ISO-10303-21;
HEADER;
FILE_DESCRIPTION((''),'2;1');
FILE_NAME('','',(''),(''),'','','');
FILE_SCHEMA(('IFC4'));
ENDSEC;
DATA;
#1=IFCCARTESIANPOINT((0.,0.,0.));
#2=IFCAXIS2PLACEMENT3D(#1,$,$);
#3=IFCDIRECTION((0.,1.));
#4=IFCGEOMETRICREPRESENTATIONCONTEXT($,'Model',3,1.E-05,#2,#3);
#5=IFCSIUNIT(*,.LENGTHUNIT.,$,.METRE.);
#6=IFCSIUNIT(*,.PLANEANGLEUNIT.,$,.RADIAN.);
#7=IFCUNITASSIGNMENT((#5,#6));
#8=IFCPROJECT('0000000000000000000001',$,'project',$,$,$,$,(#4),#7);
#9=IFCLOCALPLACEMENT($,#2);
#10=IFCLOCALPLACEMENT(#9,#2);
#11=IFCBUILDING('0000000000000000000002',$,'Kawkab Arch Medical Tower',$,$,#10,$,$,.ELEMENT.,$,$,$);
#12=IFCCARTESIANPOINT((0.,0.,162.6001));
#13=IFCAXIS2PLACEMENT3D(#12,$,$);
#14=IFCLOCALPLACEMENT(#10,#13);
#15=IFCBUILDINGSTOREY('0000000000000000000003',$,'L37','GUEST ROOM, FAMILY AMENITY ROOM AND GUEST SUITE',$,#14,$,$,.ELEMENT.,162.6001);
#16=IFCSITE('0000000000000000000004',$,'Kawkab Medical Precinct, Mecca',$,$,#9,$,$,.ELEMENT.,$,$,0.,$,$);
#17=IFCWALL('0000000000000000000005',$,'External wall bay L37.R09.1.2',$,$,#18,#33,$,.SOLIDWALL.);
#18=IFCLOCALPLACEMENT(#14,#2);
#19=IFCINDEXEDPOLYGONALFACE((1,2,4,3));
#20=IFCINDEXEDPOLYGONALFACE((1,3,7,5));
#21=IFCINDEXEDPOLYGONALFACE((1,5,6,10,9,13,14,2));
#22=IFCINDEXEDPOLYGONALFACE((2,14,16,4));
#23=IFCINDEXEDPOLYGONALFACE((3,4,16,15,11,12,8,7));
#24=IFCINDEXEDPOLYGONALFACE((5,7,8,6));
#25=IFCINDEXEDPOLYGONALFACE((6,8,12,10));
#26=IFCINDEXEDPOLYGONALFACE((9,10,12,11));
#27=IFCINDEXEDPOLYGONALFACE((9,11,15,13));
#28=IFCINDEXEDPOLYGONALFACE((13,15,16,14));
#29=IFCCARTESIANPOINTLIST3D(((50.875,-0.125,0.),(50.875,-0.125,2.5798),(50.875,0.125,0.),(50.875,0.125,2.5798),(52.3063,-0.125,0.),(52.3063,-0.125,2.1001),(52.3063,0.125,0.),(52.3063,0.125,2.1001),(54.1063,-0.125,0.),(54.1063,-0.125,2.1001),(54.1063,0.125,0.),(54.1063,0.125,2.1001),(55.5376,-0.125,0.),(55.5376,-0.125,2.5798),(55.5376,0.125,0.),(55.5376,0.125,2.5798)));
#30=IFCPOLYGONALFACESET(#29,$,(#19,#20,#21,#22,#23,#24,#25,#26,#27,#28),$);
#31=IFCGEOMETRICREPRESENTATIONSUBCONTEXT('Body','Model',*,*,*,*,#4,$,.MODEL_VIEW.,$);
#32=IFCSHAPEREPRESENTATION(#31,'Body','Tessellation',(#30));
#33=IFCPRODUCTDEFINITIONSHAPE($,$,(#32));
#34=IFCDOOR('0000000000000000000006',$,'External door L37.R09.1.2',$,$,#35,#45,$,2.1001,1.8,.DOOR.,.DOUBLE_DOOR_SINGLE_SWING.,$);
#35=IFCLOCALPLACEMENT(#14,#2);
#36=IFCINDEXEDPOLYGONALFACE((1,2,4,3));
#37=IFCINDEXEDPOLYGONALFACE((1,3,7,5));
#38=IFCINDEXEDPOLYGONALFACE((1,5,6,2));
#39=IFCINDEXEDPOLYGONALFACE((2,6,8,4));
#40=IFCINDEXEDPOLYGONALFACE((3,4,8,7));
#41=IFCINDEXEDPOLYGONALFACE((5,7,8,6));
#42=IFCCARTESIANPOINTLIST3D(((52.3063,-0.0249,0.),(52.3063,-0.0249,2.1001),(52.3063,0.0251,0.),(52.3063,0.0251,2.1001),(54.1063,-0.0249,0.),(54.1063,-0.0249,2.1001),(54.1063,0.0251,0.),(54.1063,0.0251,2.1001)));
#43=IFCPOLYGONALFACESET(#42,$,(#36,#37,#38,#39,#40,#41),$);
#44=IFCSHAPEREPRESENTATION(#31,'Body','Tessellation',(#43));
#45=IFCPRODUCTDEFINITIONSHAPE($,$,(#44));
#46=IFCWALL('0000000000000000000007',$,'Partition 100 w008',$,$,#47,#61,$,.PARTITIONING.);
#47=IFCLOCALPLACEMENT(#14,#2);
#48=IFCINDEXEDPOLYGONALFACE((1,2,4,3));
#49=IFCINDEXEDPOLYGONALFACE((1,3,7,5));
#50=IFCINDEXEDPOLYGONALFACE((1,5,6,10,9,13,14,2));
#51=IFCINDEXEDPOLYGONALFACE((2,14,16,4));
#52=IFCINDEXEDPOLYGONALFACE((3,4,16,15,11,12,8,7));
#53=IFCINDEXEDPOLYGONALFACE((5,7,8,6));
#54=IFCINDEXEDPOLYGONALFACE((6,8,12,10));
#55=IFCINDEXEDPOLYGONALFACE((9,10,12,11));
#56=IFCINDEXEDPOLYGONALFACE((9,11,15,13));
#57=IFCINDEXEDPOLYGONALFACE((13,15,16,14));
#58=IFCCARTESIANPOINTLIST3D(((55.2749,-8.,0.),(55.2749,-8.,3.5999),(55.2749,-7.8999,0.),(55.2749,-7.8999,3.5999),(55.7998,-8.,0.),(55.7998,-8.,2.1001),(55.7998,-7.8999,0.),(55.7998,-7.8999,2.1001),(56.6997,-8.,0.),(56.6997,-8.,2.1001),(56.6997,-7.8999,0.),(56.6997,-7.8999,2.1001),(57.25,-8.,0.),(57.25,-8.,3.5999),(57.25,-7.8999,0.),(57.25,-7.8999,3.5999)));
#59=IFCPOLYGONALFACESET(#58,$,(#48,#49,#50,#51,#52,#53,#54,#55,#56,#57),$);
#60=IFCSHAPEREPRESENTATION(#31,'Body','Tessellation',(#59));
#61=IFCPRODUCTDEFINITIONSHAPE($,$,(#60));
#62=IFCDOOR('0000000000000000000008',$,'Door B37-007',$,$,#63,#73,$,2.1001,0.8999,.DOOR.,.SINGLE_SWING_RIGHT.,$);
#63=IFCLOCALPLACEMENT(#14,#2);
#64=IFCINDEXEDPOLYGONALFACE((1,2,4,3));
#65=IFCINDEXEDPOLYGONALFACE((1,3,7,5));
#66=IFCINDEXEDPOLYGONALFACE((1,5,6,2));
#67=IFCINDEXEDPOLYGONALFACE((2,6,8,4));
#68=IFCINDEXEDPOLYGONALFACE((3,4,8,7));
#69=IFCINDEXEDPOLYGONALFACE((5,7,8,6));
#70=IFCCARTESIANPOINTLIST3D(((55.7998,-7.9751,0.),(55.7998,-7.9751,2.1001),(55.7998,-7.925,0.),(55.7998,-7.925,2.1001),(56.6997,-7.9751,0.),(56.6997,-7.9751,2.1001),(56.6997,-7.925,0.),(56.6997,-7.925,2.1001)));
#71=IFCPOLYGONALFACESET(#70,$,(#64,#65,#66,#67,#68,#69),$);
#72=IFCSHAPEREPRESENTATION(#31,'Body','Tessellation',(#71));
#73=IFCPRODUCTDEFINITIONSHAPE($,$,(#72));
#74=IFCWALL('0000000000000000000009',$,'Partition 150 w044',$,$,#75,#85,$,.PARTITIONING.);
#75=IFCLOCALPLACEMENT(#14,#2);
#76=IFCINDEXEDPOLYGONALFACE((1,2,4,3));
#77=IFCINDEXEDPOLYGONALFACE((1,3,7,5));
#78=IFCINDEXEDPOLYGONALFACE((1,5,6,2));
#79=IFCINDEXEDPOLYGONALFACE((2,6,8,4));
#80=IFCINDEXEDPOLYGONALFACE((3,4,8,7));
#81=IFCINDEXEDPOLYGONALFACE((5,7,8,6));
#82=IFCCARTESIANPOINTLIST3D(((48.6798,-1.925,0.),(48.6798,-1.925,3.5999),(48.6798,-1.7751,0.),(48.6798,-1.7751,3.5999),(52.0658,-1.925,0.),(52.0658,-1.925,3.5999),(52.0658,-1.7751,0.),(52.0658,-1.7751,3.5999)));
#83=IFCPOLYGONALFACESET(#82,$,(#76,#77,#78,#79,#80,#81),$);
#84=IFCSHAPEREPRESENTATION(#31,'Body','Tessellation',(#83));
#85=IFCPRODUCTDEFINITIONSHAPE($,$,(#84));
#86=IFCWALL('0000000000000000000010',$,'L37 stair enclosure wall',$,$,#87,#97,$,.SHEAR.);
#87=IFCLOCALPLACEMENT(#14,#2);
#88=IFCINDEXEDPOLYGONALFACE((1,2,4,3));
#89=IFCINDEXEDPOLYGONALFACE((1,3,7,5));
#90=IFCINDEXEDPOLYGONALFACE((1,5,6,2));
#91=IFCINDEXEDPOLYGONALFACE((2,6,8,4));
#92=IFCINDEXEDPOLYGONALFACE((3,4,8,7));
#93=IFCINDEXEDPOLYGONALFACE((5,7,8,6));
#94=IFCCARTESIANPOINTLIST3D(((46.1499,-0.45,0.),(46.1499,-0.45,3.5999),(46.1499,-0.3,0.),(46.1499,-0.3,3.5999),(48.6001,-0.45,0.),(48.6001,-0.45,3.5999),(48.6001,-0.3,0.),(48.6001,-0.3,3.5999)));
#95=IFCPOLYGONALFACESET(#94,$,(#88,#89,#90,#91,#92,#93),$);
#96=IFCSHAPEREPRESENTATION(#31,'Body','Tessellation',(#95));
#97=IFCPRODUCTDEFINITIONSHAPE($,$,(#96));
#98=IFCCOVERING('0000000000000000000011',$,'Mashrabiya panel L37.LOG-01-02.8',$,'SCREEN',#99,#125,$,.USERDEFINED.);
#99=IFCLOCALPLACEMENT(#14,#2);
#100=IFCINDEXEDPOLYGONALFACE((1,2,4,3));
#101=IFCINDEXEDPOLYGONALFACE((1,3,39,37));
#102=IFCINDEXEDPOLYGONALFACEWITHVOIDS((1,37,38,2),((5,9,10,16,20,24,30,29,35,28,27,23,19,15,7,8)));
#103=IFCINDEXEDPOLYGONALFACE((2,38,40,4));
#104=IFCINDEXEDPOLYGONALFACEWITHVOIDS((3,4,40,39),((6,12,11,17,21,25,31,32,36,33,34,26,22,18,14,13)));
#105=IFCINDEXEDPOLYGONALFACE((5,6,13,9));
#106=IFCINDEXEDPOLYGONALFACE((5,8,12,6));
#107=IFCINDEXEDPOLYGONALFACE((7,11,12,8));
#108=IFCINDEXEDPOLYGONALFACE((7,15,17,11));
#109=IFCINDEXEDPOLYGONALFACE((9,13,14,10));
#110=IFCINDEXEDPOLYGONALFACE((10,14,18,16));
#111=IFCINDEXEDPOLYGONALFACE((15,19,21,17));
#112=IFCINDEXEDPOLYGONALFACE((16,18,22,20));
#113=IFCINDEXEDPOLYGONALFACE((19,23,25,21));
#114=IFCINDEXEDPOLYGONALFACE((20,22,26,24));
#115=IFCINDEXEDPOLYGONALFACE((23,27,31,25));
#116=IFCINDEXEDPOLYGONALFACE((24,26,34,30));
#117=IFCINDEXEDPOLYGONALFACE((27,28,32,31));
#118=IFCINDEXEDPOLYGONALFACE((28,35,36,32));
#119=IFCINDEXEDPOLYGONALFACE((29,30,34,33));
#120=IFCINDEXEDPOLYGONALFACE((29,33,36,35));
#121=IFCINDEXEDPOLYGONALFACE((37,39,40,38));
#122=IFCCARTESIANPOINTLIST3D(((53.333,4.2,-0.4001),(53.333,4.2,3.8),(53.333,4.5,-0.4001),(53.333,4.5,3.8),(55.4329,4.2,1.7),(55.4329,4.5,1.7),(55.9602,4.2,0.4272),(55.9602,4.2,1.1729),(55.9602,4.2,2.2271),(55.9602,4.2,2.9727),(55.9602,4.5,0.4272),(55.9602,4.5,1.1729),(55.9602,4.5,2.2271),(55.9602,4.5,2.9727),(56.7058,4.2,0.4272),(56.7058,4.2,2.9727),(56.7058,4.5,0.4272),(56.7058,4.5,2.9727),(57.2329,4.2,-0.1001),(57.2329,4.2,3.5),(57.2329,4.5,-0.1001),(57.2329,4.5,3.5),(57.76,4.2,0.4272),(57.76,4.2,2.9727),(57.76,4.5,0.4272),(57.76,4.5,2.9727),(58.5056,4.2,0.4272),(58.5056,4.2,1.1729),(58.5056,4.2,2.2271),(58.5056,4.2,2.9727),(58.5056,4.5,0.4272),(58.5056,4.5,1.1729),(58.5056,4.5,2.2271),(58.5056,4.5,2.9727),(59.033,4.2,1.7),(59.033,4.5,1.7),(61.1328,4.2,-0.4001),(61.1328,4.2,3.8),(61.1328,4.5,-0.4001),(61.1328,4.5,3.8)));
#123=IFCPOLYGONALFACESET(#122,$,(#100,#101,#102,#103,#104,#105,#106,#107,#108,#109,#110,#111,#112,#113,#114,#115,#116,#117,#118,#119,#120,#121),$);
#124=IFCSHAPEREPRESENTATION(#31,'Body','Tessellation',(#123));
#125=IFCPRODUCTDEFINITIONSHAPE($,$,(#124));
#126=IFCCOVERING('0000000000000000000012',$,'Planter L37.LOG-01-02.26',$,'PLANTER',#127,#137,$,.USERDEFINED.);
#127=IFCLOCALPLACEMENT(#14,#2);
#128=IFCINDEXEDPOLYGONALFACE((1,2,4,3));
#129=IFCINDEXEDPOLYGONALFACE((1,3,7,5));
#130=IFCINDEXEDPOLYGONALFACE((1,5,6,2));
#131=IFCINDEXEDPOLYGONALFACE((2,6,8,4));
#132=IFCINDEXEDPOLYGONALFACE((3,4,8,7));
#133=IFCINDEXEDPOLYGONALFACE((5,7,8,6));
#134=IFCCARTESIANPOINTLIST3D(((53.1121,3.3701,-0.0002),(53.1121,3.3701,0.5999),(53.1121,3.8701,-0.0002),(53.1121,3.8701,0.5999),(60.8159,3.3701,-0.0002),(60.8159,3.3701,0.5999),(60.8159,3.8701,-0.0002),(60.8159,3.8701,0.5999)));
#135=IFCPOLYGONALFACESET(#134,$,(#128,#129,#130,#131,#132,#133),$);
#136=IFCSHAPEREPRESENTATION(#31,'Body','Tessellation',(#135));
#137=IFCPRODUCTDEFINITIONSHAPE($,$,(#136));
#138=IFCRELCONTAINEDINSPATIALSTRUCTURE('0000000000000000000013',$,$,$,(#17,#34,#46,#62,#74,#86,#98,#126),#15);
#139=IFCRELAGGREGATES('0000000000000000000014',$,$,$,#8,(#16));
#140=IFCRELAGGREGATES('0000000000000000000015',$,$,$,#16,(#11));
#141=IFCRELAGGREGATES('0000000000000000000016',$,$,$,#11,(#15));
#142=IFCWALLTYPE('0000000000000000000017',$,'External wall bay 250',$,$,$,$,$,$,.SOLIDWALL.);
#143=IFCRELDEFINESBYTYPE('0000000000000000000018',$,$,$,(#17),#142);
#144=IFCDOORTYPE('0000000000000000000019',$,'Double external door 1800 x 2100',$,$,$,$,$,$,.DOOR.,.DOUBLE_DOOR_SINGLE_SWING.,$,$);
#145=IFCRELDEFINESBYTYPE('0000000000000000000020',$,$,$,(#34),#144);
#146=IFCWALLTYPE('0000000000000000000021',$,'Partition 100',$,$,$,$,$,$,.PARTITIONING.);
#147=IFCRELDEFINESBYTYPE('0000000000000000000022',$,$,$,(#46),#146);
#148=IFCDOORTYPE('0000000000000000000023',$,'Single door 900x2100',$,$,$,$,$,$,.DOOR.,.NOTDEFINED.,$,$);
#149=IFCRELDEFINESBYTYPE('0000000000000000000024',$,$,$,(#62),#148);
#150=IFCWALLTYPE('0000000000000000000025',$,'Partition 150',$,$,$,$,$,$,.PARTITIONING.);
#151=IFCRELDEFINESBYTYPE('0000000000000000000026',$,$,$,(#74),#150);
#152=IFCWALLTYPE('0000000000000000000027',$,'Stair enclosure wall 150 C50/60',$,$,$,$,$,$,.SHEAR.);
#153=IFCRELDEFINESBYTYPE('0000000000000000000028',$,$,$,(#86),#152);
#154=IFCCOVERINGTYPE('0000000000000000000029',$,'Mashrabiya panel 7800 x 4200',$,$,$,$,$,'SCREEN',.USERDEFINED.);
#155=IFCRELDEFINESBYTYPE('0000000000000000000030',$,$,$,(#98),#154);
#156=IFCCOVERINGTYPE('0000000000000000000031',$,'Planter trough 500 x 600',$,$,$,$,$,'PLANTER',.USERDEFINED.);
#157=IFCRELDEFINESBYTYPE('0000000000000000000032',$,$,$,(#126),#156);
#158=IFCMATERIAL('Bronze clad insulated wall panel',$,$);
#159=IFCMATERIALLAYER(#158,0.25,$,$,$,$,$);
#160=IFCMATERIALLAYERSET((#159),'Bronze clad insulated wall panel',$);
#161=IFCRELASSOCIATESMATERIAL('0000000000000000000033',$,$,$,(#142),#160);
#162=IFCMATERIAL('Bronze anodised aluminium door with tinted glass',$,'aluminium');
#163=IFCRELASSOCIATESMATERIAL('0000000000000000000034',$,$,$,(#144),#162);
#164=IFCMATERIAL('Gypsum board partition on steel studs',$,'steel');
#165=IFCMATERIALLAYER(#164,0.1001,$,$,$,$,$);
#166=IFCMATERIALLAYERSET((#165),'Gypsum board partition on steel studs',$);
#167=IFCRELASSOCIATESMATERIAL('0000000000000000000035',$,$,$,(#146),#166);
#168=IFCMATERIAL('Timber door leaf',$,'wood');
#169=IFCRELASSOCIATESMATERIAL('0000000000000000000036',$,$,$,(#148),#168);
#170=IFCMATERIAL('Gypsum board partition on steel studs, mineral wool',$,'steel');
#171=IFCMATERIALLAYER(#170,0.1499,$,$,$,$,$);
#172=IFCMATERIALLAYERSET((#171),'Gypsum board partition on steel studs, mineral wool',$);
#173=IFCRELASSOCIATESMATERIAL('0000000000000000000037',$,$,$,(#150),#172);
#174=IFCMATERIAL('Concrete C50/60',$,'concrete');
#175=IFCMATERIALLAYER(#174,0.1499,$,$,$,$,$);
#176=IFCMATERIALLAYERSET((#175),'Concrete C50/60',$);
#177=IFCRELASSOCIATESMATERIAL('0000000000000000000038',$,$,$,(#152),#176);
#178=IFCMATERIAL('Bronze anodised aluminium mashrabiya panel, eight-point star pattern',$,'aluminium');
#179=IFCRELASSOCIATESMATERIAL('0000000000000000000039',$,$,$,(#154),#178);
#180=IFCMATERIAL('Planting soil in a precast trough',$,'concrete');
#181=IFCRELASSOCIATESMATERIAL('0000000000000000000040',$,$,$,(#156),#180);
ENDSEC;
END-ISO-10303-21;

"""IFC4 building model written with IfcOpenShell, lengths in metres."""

from ifc_helpers import new_model, si_unit, direction, frame, frame_2d, origin, origin_2d, place, context, subcontext, project, spatial, polyline, rectangle, outline, extrude, material, layer, layer_set, material_profile, profile_set, type_object, element, fill, save


model = new_model("IFC4")

# Units and contexts
model_context = context("Model", 3, precision=1e-05, world=origin(), true_north=direction((0.0, 1.0)))
body_context = subcontext(model_context, "Body", "Model", "MODEL_VIEW")
ifc_project = project(units=[si_unit("LENGTHUNIT", "METRE"), si_unit("PLANEANGLEUNIT", "RADIAN")], contexts=[model_context])

# Site, building, storey
site_placement = place(None, origin())
site = spatial("IfcSite", under=ifc_project, at=site_placement, Name="Kawkab Medical Precinct, Mecca", CompositionType="ELEMENT", RefElevation=0.0)
building_placement = place(site_placement, origin())
building = spatial("IfcBuilding", under=site, at=building_placement, Name="Kawkab Arch Medical Tower", CompositionType="ELEMENT")
storey_placement = place(building_placement, frame((0.0, 0.0, 162.6001)))
storey = spatial("IfcBuildingStorey", under=building, at=storey_placement, Name="L37", Description="GUEST ROOM, FAMILY AMENITY ROOM AND GUEST SUITE", CompositionType="ELEMENT", Elevation=162.6001)

# Walls, openings, doors
ifc_material_1 = material(Name="Bronze clad insulated wall panel")
ifc_layer_1 = layer(ifc_material_1, 0.25)
ifc_layer_set_1 = layer_set([ifc_layer_1], Name="Bronze clad insulated wall panel")
wall_type_1 = type_object("IfcWallType", Name="External wall bay 250", PredefinedType="SOLIDWALL", material=ifc_layer_set_1)
wall_1_placement = place(storey_placement, frame((55.5376, 0.0, 0.0), z_axis=(0.0, 0.0, 1.0), x_axis=(-1.0, 0.0, 0.0)))
wall_1 = element("IfcWall", 1, at=wall_1_placement, inside=storey, type_object=wall_type_1, Name="External wall bay L37.R09.1.2", PredefinedType="SOLIDWALL", context=body_context, shape_type="SweptSolid", body=[
    extrude(rectangle(XDim=4.6626, YDim=0.25, at=frame_2d((2.3313, 0.0))), origin(), (0.0, 0.0, 1.0), 2.5798),
])
opening_1_placement = place(wall_1_placement, frame((1.4314, 0.0, 0.0)))
opening_1 = element("IfcOpeningElement", 2, at=opening_1_placement, cuts=wall_1, PredefinedType="OPENING", context=body_context, shape_type="SweptSolid", body=[
    extrude(rectangle(XDim=1.8, YDim=2.1001, at=frame_2d((0.8999, 1.05))), frame((0.0, 0.135, 0.0), z_axis=(0.0, -1.0, 0.0), x_axis=(1.0, 0.0, 0.0)), (0.0, 0.0, 1.0), 0.27),
])
ifc_material_2 = material(Name="Bronze anodised aluminium door with tinted glass", Category="aluminium")
door_type_1 = type_object("IfcDoorType", Name="Double external door 1800 x 2100", OperationType="DOUBLE_DOOR_SINGLE_SWING", PredefinedType="DOOR", material=ifc_material_2)
door_1_placement = place(opening_1_placement, origin())
door_1 = element("IfcDoor", 3, at=door_1_placement, inside=storey, type_object=door_type_1, Name="External door L37.R09.1.2", OperationType="DOUBLE_DOOR_SINGLE_SWING", OverallHeight=2.1001, OverallWidth=1.8, PredefinedType="DOOR", context=body_context, shape_type="SweptSolid", body=[
    extrude(rectangle(XDim=1.8, YDim=2.1001, at=frame_2d((0.8999, 1.05))), frame((0.0, 0.0249, 0.0), z_axis=(0.0, -1.0, 0.0), x_axis=(1.0, 0.0, 0.0)), (0.0, 0.0, 1.0), 0.05),
])
fill(opening_1, door_1)
ifc_material_3 = material(Name="Gypsum board partition on steel studs", Category="steel")
ifc_layer_2 = layer(ifc_material_3, 0.1001)
ifc_layer_set_2 = layer_set([ifc_layer_2], Name="Gypsum board partition on steel studs")
wall_type_2 = type_object("IfcWallType", Name="Partition 100", PredefinedType="PARTITIONING", material=ifc_layer_set_2)
wall_2_placement = place(storey_placement, frame((55.2749, -7.95, 0.0), z_axis=(0.0, 0.0, 1.0), x_axis=(1.0, 0.0, 0.0)))
wall_2 = element("IfcWall", 4, at=wall_2_placement, inside=storey, type_object=wall_type_2, Name="Partition 100 w008", PredefinedType="PARTITIONING", context=body_context, shape_type="SweptSolid", body=[
    extrude(rectangle(XDim=1.9751, YDim=0.1001, at=frame_2d((0.9875, 0.0))), origin(), (0.0, 0.0, 1.0), 3.5999),
])
opening_2_placement = place(wall_2_placement, frame((0.5249, 0.0, 0.0)))
opening_2 = element("IfcOpeningElement", 5, at=opening_2_placement, cuts=wall_2, PredefinedType="OPENING", context=body_context, shape_type="SweptSolid", body=[
    extrude(rectangle(XDim=0.8999, YDim=2.1001, at=frame_2d((0.45, 1.05))), frame((0.0, 0.0601, 0.0), z_axis=(0.0, -1.0, 0.0), x_axis=(1.0, 0.0, 0.0)), (0.0, 0.0, 1.0), 0.1201),
])
ifc_material_4 = material(Name="Timber door leaf", Category="wood")
door_type_2 = type_object("IfcDoorType", Name="Single door 900x2100", OperationType="NOTDEFINED", PredefinedType="DOOR", material=ifc_material_4)
door_2_placement = place(opening_2_placement, origin())
door_2 = element("IfcDoor", 6, at=door_2_placement, inside=storey, type_object=door_type_2, Name="Door B37-007", OperationType="SINGLE_SWING_RIGHT", OverallHeight=2.1001, OverallWidth=0.8999, PredefinedType="DOOR", context=body_context, shape_type="SweptSolid", body=[
    extrude(rectangle(XDim=0.8999, YDim=2.1001, at=frame_2d((0.45, 1.05))), frame((0.0, 0.0249, 0.0), z_axis=(0.0, -1.0, 0.0), x_axis=(1.0, 0.0, 0.0)), (0.0, 0.0, 1.0), 0.05),
])
fill(opening_2, door_2)

# Walls
ifc_material_5 = material(Name="Gypsum board partition on steel studs, mineral wool", Category="steel")
ifc_layer_3 = layer(ifc_material_5, 0.1499)
ifc_layer_set_3 = layer_set([ifc_layer_3], Name="Gypsum board partition on steel studs, mineral wool")
wall_type_3 = type_object("IfcWallType", Name="Partition 150", PredefinedType="PARTITIONING", material=ifc_layer_set_3)
wall_3_placement = place(storey_placement, frame((48.6799, -1.8501, 0.0), z_axis=(0.0, 0.0, 1.0), x_axis=(1.0, 0.0, 0.0)))
element("IfcWall", 7, at=wall_3_placement, inside=storey, type_object=wall_type_3, Name="Partition 150 w044", PredefinedType="PARTITIONING", context=body_context, shape_type="SweptSolid", body=[
    extrude(rectangle(XDim=3.386, YDim=0.1499, at=frame_2d((1.6929, 0.0))), origin(), (0.0, 0.0, 1.0), 3.5999),
])
ifc_material_6 = material(Name="Concrete C50/60", Category="concrete")
ifc_layer_4 = layer(ifc_material_6, 0.1499)
ifc_layer_set_4 = layer_set([ifc_layer_4], Name="Concrete C50/60")
wall_type_4 = type_object("IfcWallType", Name="Stair enclosure wall 150 C50/60", PredefinedType="SHEAR", material=ifc_layer_set_4)
wall_4_placement = place(storey_placement, frame((46.1499, -0.375, 0.0), z_axis=(0.0, 0.0, 1.0), x_axis=(1.0, 0.0, 0.0)))
element("IfcWall", 8, at=wall_4_placement, inside=storey, type_object=wall_type_4, Name="L37 stair enclosure wall", PredefinedType="SHEAR", context=body_context, shape_type="SweptSolid", body=[
    extrude(rectangle(XDim=2.4502, YDim=0.1499, at=frame_2d((1.2251, 0.0))), origin(), (0.0, 0.0, 1.0), 3.5999),
])

# Coverings
ifc_material_7 = material(Name="Bronze anodised aluminium mashrabiya panel, eight-point star pattern", Category="aluminium")
ifc_material_profile_1 = material_profile(ifc_material_7, outline(polyline([(-3.8999, -2.1001), (3.8999, -2.1001), (3.8999, 2.1001), (-3.8999, 2.1001), (-3.8999, -2.1001)]), holes=[polyline([(1.8, 0.0), (1.2727, 0.5271), (1.2727, 1.2727), (0.5271, 1.2727), (0.0, 1.8), (-0.5271, 1.2727), (-1.2727, 1.2727), (-1.2727, 0.5271), (-1.8, 0.0), (-1.2727, -0.5271), (-1.2727, -1.2727), (-0.5271, -1.2727), (0.0, -1.8), (0.5271, -1.2727), (1.2727, -1.2727), (1.2727, -0.5271), (1.8, 0.0)])]), Name="Mashrabiya panel 7800x4200")
ifc_profile_set_1 = profile_set([ifc_material_profile_1], Name="Bronze anodised aluminium mashrabiya panel, eight-point star pattern")
covering_type_1 = type_object("IfcCoveringType", Name="Mashrabiya panel 7800 x 4200", ElementType="SCREEN", PredefinedType="USERDEFINED", material=ifc_profile_set_1)
covering_1_placement = place(storey_placement, frame((57.2329, 4.2, 1.7), z_axis=(0.0, 1.0, 0.0), x_axis=(-1.0, 0.0, 0.0)))
element("IfcCovering", 9, at=covering_1_placement, inside=storey, type_object=covering_type_1, Name="Mashrabiya panel L37.LOG-01-02.8", ObjectType="SCREEN", PredefinedType="USERDEFINED", context=body_context, shape_type="SweptSolid", body=[
    extrude(outline(polyline([(-3.8999, -2.1001), (3.8999, -2.1001), (3.8999, 2.1001), (-3.8999, 2.1001), (-3.8999, -2.1001)]), holes=[polyline([(1.8, 0.0), (1.2727, 0.5271), (1.2727, 1.2727), (0.5271, 1.2727), (0.0, 1.8), (-0.5271, 1.2727), (-1.2727, 1.2727), (-1.2727, 0.5271), (-1.8, 0.0), (-1.2727, -0.5271), (-1.2727, -1.2727), (-0.5271, -1.2727), (0.0, -1.8), (0.5271, -1.2727), (1.2727, -1.2727), (1.2727, -0.5271), (1.8, 0.0)])]), origin(), (0.0, 0.0, 1.0), 0.3),
])
ifc_material_8 = material(Name="Planting soil in a precast trough", Category="concrete")
ifc_material_profile_2 = material_profile(ifc_material_8, rectangle(XDim=0.5, YDim=0.6001, at=origin_2d()), Name="Trough 500x600")
ifc_profile_set_2 = profile_set([ifc_material_profile_2], Name="Planting soil in a precast trough")
covering_type_2 = type_object("IfcCoveringType", Name="Planter trough 500 x 600", ElementType="PLANTER", PredefinedType="USERDEFINED", material=ifc_profile_set_2)
covering_2_placement = place(storey_placement, frame((53.1121, 3.6201, 0.2998), z_axis=(1.0, 0.0, 0.0), x_axis=(0.0, 1.0, 0.0)))
element("IfcCovering", 10, at=covering_2_placement, inside=storey, type_object=covering_type_2, Name="Planter L37.LOG-01-02.26", ObjectType="PLANTER", PredefinedType="USERDEFINED", context=body_context, shape_type="SweptSolid", body=[
    extrude(rectangle(XDim=0.5, YDim=0.6001, at=origin_2d()), origin(), (0.0, 0.0, 1.0), 7.7039),
])

save(model, "model.ifc")
